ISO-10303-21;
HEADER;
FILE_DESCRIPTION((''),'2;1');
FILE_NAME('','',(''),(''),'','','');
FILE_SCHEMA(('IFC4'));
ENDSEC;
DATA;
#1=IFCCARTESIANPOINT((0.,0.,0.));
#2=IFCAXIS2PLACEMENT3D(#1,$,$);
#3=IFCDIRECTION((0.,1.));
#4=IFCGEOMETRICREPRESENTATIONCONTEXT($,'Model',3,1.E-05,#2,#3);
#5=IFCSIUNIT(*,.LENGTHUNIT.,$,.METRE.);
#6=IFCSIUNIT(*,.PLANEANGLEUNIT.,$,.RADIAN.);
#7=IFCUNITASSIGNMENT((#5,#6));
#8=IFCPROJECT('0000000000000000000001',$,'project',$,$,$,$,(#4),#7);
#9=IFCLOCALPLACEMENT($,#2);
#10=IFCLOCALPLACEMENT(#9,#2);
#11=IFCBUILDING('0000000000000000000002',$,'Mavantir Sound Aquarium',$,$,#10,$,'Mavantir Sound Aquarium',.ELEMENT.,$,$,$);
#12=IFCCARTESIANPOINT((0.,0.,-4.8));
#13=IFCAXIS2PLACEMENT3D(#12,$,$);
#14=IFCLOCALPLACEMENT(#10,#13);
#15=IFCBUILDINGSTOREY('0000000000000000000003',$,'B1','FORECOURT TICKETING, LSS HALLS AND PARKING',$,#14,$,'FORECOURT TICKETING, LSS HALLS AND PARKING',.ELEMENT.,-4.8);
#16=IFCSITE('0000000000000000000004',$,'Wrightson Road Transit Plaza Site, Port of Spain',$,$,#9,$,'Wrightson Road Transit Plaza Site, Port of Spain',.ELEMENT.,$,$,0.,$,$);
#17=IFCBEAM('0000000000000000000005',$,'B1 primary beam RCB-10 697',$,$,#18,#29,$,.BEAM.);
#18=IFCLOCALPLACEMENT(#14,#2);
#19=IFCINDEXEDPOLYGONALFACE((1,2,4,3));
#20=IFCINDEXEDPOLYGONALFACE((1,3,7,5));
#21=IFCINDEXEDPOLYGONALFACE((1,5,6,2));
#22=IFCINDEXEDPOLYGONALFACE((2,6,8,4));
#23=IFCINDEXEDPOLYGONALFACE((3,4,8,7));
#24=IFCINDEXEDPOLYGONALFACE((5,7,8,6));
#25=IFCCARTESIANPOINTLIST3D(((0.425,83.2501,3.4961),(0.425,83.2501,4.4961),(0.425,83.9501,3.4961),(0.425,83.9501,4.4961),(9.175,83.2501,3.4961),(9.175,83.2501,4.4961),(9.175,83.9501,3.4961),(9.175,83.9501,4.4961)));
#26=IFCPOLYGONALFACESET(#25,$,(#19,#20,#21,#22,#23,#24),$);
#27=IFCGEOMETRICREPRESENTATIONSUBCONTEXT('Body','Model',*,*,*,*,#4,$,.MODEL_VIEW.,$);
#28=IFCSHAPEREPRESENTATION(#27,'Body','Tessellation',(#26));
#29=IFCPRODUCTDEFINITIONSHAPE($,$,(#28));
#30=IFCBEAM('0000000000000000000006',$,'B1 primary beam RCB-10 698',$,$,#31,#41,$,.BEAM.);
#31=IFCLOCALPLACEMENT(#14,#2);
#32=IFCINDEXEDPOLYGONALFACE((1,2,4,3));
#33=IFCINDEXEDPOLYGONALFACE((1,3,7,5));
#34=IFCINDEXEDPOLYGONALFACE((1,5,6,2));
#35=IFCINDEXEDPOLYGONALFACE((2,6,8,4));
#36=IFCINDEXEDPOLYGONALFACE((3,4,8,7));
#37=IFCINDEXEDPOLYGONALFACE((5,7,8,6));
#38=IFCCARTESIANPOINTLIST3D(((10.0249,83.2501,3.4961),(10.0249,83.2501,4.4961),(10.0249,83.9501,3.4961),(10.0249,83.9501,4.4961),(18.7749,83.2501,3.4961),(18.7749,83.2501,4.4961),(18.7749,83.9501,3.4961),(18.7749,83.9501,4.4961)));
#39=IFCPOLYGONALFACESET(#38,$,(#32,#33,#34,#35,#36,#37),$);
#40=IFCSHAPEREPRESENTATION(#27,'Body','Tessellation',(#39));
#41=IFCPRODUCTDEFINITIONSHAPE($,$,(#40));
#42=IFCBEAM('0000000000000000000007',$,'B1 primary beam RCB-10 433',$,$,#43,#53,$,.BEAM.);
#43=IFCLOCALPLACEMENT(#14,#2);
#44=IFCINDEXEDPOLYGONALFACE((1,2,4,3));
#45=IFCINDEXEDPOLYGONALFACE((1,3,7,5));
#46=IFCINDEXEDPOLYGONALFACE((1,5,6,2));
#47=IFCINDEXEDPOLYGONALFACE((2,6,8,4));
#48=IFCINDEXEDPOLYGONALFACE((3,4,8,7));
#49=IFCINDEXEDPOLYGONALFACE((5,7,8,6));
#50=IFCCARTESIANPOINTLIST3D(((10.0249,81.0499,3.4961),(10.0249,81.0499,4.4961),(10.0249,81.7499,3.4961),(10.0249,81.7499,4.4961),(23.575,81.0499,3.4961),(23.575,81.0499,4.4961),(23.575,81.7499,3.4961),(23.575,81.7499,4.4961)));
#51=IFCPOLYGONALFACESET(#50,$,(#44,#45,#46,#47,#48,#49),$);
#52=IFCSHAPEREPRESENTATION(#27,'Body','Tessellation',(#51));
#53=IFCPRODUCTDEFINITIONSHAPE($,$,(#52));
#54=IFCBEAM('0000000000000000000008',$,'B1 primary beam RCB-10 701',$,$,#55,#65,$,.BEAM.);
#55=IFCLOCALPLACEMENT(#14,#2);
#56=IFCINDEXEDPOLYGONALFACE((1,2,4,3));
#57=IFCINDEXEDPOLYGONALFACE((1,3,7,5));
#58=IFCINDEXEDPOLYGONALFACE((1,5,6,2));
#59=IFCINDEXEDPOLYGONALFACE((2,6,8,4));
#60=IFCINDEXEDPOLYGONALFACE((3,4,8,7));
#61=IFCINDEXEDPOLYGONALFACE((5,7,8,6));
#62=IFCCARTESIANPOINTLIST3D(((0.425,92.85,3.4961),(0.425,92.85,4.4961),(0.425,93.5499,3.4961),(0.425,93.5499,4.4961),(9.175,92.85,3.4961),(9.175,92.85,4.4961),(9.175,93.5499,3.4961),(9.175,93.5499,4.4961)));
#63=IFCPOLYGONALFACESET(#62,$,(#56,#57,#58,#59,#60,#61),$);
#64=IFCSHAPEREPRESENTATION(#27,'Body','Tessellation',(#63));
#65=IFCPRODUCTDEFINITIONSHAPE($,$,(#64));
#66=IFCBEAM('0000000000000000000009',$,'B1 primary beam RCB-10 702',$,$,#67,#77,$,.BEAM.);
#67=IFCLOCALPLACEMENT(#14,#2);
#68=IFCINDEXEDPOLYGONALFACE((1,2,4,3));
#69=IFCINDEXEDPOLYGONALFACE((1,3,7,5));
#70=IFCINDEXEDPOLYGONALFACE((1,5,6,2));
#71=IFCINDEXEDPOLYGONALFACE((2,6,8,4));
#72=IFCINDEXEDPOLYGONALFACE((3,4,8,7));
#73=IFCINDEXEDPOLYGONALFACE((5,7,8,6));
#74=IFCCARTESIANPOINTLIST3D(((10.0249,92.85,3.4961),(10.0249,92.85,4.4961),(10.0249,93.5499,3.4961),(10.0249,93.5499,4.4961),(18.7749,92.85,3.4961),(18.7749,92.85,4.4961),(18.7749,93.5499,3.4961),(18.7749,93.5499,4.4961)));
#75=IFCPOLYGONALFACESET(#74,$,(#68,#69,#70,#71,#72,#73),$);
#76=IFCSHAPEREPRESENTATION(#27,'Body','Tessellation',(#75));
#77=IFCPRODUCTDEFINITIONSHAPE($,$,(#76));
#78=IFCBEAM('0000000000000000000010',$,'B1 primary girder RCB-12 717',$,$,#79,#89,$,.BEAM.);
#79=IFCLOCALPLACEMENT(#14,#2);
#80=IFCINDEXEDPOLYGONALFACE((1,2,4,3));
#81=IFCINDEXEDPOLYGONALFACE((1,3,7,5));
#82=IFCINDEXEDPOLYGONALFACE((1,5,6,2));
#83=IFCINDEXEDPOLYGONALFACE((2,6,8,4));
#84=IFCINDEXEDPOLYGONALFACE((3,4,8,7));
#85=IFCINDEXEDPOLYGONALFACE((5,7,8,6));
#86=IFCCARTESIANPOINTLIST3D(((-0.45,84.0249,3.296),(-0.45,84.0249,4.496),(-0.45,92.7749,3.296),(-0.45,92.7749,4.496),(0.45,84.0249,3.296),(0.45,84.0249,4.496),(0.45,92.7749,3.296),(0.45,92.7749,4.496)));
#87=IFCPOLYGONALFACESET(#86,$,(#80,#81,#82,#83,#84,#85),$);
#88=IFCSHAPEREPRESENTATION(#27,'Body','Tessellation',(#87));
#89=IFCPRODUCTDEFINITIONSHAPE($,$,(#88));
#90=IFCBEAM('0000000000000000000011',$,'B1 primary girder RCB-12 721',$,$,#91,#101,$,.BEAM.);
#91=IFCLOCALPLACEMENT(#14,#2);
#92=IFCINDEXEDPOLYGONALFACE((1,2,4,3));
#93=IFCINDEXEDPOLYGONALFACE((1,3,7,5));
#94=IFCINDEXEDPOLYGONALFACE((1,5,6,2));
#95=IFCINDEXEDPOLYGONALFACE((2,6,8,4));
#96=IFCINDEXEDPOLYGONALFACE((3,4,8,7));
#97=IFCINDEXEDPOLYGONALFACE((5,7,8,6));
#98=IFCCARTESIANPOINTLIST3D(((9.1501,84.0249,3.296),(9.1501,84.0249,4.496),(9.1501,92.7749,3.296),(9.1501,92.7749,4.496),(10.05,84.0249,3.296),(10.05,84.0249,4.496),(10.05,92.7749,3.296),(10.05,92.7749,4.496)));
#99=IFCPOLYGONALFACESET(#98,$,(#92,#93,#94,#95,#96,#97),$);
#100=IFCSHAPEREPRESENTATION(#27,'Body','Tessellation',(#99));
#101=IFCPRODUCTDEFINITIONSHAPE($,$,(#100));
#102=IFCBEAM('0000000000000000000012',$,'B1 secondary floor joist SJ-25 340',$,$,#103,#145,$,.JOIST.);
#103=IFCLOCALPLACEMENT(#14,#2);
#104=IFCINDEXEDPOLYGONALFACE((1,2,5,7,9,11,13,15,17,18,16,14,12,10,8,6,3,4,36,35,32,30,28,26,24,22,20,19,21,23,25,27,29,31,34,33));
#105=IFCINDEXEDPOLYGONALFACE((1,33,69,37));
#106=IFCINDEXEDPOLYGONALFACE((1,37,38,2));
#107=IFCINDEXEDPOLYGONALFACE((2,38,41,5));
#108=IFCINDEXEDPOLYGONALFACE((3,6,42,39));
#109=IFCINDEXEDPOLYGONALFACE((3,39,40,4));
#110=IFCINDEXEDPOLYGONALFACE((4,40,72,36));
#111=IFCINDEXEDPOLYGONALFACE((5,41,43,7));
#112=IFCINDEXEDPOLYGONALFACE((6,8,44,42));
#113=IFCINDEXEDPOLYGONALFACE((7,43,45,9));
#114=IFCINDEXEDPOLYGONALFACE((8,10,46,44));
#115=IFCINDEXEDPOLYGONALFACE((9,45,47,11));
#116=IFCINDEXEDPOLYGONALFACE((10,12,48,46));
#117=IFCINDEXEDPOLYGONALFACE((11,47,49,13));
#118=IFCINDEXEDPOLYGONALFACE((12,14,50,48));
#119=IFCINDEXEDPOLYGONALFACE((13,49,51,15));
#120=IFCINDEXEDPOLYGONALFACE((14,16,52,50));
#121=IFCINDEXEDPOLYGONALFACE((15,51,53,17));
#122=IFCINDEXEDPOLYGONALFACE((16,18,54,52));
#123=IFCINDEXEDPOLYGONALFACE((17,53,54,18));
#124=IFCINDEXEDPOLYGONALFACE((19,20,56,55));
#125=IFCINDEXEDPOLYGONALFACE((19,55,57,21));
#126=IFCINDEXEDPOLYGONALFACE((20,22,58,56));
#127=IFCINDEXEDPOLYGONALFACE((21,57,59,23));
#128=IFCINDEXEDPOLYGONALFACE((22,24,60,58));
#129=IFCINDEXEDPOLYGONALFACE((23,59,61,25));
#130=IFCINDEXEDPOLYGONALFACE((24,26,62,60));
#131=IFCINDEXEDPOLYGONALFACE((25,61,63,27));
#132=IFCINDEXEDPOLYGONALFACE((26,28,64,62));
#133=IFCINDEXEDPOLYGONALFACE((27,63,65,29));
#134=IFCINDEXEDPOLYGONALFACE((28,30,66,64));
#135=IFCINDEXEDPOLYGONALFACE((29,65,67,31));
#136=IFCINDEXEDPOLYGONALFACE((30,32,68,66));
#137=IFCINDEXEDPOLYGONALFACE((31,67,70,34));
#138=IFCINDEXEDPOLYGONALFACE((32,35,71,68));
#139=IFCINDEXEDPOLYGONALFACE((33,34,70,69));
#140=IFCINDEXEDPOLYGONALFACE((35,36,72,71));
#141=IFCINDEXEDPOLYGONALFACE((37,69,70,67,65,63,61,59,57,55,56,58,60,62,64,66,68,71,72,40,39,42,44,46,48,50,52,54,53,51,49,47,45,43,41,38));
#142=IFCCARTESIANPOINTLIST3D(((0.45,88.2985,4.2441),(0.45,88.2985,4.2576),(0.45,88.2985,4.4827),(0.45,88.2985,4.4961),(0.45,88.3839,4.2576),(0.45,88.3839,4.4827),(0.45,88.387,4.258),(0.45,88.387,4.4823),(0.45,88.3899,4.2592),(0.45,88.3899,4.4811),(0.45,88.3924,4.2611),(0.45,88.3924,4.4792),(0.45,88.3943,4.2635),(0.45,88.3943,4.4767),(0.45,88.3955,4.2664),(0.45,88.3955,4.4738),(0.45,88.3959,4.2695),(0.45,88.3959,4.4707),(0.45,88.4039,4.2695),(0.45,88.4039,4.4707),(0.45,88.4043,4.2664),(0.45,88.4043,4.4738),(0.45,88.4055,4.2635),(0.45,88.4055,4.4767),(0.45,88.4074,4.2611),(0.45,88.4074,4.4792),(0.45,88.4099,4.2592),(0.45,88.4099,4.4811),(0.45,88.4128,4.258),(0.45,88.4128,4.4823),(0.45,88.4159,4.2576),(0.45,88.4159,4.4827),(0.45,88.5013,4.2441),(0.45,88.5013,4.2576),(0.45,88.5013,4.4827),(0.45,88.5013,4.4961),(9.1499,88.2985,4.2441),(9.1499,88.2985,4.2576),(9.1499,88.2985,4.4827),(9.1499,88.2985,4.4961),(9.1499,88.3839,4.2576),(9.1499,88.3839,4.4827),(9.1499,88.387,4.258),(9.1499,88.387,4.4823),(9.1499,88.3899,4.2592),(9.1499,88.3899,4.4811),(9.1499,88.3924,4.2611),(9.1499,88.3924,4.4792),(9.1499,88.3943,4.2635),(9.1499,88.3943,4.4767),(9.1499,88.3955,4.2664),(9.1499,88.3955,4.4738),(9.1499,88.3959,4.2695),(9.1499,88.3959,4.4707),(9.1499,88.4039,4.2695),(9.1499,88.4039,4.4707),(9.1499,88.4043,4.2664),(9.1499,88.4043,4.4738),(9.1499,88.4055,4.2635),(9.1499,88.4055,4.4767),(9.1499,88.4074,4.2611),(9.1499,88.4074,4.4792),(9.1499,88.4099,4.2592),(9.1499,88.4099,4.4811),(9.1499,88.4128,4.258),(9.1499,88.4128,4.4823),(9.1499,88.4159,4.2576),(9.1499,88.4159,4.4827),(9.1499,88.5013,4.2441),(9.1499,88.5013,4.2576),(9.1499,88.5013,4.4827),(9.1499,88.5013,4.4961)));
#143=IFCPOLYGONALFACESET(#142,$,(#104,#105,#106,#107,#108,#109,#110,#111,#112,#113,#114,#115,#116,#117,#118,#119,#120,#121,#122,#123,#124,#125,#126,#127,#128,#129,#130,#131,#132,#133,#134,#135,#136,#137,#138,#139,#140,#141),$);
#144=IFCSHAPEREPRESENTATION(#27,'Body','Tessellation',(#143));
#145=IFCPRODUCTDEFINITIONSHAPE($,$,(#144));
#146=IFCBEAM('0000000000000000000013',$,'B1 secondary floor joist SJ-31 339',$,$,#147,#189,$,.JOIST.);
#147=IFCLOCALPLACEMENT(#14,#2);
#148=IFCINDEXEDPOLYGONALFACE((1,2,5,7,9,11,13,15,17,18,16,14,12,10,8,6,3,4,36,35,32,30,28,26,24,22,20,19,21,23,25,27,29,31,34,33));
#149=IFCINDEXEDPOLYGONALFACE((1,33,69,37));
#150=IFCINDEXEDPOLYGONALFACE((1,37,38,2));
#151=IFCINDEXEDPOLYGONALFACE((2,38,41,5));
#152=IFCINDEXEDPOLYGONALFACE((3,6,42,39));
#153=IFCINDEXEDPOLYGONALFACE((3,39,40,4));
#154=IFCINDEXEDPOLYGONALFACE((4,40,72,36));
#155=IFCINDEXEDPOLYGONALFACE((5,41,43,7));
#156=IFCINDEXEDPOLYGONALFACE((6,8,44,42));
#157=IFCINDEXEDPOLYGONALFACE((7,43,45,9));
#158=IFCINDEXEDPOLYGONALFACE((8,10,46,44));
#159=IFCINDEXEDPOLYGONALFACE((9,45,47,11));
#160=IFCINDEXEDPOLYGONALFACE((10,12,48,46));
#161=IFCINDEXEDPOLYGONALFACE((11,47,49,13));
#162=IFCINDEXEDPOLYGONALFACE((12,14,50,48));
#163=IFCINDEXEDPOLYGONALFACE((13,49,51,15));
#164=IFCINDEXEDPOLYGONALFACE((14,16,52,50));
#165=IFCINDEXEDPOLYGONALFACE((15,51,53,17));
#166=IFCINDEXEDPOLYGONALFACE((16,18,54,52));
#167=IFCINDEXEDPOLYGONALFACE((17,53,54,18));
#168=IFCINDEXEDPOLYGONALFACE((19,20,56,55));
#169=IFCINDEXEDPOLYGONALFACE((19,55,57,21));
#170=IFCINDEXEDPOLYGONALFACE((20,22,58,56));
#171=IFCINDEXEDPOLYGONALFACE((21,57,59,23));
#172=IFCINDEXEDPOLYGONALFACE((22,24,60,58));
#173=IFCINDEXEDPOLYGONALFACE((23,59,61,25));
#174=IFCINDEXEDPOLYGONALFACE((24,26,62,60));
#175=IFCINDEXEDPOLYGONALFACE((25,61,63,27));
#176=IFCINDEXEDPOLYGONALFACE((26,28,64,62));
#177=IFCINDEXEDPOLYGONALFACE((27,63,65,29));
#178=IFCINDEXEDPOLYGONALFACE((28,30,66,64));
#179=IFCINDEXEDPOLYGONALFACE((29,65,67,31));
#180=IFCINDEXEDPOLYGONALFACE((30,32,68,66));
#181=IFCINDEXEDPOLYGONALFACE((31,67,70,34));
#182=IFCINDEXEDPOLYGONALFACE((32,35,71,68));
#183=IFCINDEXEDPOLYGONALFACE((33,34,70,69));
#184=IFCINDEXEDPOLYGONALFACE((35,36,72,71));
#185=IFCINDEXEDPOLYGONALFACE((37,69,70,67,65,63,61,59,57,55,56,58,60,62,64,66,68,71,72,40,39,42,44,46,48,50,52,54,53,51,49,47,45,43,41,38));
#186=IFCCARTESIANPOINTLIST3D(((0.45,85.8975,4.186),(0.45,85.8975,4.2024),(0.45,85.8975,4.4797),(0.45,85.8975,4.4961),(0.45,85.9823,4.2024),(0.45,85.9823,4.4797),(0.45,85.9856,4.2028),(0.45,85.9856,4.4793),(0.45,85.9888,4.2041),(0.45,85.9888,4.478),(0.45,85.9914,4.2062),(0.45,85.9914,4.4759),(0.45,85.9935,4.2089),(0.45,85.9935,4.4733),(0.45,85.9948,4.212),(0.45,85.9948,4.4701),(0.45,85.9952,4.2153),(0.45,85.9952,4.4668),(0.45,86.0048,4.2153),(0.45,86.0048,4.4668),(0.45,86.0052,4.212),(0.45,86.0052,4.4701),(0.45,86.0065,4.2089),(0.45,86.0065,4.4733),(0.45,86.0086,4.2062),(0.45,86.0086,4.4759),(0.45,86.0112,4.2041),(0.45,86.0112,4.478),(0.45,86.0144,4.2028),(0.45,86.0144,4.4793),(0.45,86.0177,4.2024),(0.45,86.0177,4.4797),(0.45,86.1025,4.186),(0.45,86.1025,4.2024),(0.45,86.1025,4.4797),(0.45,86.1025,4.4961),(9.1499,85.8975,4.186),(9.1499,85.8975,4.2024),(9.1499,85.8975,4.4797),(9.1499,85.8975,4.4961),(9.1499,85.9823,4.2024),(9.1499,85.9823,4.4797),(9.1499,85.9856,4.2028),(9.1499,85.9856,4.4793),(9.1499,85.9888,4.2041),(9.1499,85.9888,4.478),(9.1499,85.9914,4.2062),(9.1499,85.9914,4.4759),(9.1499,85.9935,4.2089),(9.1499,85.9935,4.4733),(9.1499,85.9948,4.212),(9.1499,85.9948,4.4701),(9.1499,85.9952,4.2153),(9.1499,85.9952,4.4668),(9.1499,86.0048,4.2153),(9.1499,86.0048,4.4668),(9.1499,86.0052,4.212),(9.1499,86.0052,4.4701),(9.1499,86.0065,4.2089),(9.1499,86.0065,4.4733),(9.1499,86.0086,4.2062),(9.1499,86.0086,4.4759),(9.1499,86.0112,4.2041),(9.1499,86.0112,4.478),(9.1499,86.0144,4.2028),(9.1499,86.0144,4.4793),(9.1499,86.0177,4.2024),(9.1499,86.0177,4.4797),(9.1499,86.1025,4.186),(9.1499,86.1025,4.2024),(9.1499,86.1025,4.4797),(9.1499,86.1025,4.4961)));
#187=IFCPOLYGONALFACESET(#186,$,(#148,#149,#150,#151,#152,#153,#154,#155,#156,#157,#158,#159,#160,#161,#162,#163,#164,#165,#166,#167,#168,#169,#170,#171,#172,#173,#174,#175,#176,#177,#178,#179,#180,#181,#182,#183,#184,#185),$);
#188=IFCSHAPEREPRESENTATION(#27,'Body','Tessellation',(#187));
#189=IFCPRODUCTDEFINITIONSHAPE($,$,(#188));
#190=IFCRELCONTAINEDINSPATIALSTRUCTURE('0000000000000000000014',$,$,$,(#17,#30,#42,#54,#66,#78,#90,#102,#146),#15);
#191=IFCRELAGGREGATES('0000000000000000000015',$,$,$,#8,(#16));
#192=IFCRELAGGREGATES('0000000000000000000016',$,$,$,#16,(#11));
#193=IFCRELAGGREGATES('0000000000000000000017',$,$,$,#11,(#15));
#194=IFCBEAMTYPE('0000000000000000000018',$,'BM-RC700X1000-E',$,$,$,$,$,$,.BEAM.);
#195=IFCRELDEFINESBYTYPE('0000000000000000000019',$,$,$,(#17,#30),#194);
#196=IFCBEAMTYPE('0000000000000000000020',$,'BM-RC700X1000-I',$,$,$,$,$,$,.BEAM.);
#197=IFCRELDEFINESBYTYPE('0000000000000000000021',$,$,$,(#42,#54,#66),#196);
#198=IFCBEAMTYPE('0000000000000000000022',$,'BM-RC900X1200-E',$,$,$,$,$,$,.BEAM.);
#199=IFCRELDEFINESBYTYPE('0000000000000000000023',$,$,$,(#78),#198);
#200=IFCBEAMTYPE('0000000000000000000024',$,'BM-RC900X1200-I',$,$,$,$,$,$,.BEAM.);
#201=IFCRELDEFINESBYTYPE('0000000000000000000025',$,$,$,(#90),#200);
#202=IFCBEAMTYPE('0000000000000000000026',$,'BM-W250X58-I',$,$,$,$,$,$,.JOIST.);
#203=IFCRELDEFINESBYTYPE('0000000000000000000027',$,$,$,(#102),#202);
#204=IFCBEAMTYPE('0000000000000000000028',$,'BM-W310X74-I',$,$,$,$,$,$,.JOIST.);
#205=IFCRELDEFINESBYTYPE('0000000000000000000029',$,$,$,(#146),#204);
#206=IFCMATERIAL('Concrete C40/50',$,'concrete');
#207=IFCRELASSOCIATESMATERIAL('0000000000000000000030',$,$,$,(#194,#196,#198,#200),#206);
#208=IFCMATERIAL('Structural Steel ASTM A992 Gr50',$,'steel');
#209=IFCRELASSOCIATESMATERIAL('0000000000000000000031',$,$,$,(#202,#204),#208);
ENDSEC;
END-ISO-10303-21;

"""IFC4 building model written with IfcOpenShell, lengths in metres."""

from ifc_helpers import new_model, si_unit, direction, frame, origin, origin_2d, place, context, subcontext, project, spatial, rectangle, i_section, extrude, material, material_profile, profile_set, type_object, element, save


model = new_model("IFC4")

# Units and contexts
model_context = context("Model", 3, precision=1e-05, world=origin(), true_north=direction((0.0, 1.0)))
body_context = subcontext(model_context, "Body", "Model", "MODEL_VIEW")
ifc_project = project(units=[si_unit("LENGTHUNIT", "METRE"), si_unit("PLANEANGLEUNIT", "RADIAN")], contexts=[model_context])

# Site, building, storey
site_placement = place(None, origin())
site = spatial("IfcSite", under=ifc_project, at=site_placement, Name="Wrightson Road Transit Plaza Site, Port of Spain", LongName="Wrightson Road Transit Plaza Site, Port of Spain", CompositionType="ELEMENT", RefElevation=0.0)
building_placement = place(site_placement, origin())
building = spatial("IfcBuilding", under=site, at=building_placement, Name="Mavantir Sound Aquarium", LongName="Mavantir Sound Aquarium", CompositionType="ELEMENT")
storey_placement = place(building_placement, frame((0.0, 0.0, -4.8)))
storey = spatial("IfcBuildingStorey", under=building, at=storey_placement, Name="B1", Description="FORECOURT TICKETING, LSS HALLS AND PARKING", LongName="FORECOURT TICKETING, LSS HALLS AND PARKING", CompositionType="ELEMENT", Elevation=-4.8)

# Shared definitions
ifc_material_1 = material(Name="Concrete C40/50", Category="concrete")

# Beams
ifc_material_profile_1 = material_profile(ifc_material_1, rectangle(XDim=0.7, YDim=1.0, at=origin_2d()), Name="RC 700X1000")
ifc_profile_set_1 = profile_set([ifc_material_profile_1], Name="Concrete C40/50")
beam_type_1 = type_object("IfcBeamType", Name="BM-RC700X1000-E", PredefinedType="BEAM", material=ifc_profile_set_1)
for number, where, z_axis, x_axis, name in (
    (1, (0.425, 83.6001, 3.9961), (1.0, 0.0, 0.0), (0.0, 1.0, 0.0), "B1 primary beam RCB-10 697"),
    (2, (10.0249, 83.6001, 3.9961), (1.0, 0.0, 0.0), (0.0, 1.0, 0.0), "B1 primary beam RCB-10 698"),
):
    element("IfcBeam", number, at=place(storey_placement, frame(where, z_axis=z_axis, x_axis=x_axis)), inside=storey, type_object=beam_type_1, Name=name, PredefinedType="BEAM", context=body_context, shape_type="SweptSolid", body=[
        extrude(rectangle(XDim=0.7, YDim=1.0, at=origin_2d()), origin(), (0.0, 0.0, 1.0), 8.75),
    ])
ifc_material_profile_2 = material_profile(ifc_material_1, rectangle(XDim=0.7, YDim=1.0, at=origin_2d()), Name="RC 700X1000")
ifc_profile_set_2 = profile_set([ifc_material_profile_2], Name="Concrete C40/50")
beam_type_2 = type_object("IfcBeamType", Name="BM-RC700X1000-I", PredefinedType="BEAM", material=ifc_profile_set_2)
beam_1_placement = place(storey_placement, frame((10.0249, 81.3999, 3.9961), z_axis=(1.0, 0.0, 0.0), x_axis=(0.0, 1.0, 0.0)))
element("IfcBeam", 3, at=beam_1_placement, inside=storey, type_object=beam_type_2, Name="B1 primary beam RCB-10 433", PredefinedType="BEAM", context=body_context, shape_type="SweptSolid", body=[
    extrude(rectangle(XDim=0.7, YDim=1.0, at=origin_2d()), origin(), (0.0, 0.0, 1.0), 13.55),
])
for number, where, z_axis, x_axis, name in (
    (4, (0.425, 93.2, 3.9961), (1.0, 0.0, 0.0), (0.0, 1.0, 0.0), "B1 primary beam RCB-10 701"),
    (5, (10.0249, 93.2, 3.9961), (1.0, 0.0, 0.0), (0.0, 1.0, 0.0), "B1 primary beam RCB-10 702"),
):
    element("IfcBeam", number, at=place(storey_placement, frame(where, z_axis=z_axis, x_axis=x_axis)), inside=storey, type_object=beam_type_2, Name=name, PredefinedType="BEAM", context=body_context, shape_type="SweptSolid", body=[
        extrude(rectangle(XDim=0.7, YDim=1.0, at=origin_2d()), origin(), (0.0, 0.0, 1.0), 8.75),
    ])
ifc_material_profile_3 = material_profile(ifc_material_1, rectangle(XDim=0.8999, YDim=1.2, at=origin_2d()), Name="RC 900X1200")
ifc_profile_set_3 = profile_set([ifc_material_profile_3], Name="Concrete C40/50")
beam_type_3 = type_object("IfcBeamType", Name="BM-RC900X1200-E", PredefinedType="BEAM", material=ifc_profile_set_3)
beam_2_placement = place(storey_placement, frame((0.0, 84.0249, 3.896), z_axis=(0.0, 1.0, 0.0), x_axis=(-1.0, 0.0, 0.0)))
element("IfcBeam", 6, at=beam_2_placement, inside=storey, type_object=beam_type_3, Name="B1 primary girder RCB-12 717", PredefinedType="BEAM", context=body_context, shape_type="SweptSolid", body=[
    extrude(rectangle(XDim=0.8999, YDim=1.2, at=origin_2d()), origin(), (0.0, 0.0, 1.0), 8.75),
])
ifc_material_profile_4 = material_profile(ifc_material_1, rectangle(XDim=0.8999, YDim=1.2, at=origin_2d()), Name="RC 900X1200")
ifc_profile_set_4 = profile_set([ifc_material_profile_4], Name="Concrete C40/50")
beam_type_4 = type_object("IfcBeamType", Name="BM-RC900X1200-I", PredefinedType="BEAM", material=ifc_profile_set_4)
beam_3_placement = place(storey_placement, frame((9.6001, 84.0249, 3.896), z_axis=(0.0, 1.0, 0.0), x_axis=(-1.0, 0.0, 0.0)))
element("IfcBeam", 7, at=beam_3_placement, inside=storey, type_object=beam_type_4, Name="B1 primary girder RCB-12 721", PredefinedType="BEAM", context=body_context, shape_type="SweptSolid", body=[
    extrude(rectangle(XDim=0.8999, YDim=1.2, at=origin_2d()), origin(), (0.0, 0.0, 1.0), 8.75),
])
ifc_material_2 = material(Name="Structural Steel ASTM A992 Gr50", Category="steel")
ifc_material_profile_5 = material_profile(ifc_material_2, i_section(OverallWidth=0.2029, OverallDepth=0.252, WebThickness=0.0081, FlangeThickness=0.0134, FilletRadius=0.012, at=origin_2d()), Name="W250X58")
ifc_profile_set_5 = profile_set([ifc_material_profile_5], Name="Structural Steel ASTM A992 Gr50")
beam_type_5 = type_object("IfcBeamType", Name="BM-W250X58-I", PredefinedType="JOIST", material=ifc_profile_set_5)
beam_4_placement = place(storey_placement, frame((0.45, 88.3999, 4.3701), z_axis=(1.0, 0.0, 0.0), x_axis=(0.0, 1.0, 0.0)))
element("IfcBeam", 8, at=beam_4_placement, inside=storey, type_object=beam_type_5, Name="B1 secondary floor joist SJ-25 340", PredefinedType="JOIST", context=body_context, shape_type="SweptSolid", body=[
    extrude(i_section(OverallWidth=0.2029, OverallDepth=0.252, WebThickness=0.0081, FlangeThickness=0.0134, FilletRadius=0.012, at=origin_2d()), origin(), (0.0, 0.0, 1.0), 8.7),
])
ifc_material_profile_6 = material_profile(ifc_material_2, i_section(OverallWidth=0.2051, OverallDepth=0.3101, WebThickness=0.0095, FlangeThickness=0.0164, FilletRadius=0.0129, at=origin_2d()), Name="W310X74")
ifc_profile_set_6 = profile_set([ifc_material_profile_6], Name="Structural Steel ASTM A992 Gr50")
beam_type_6 = type_object("IfcBeamType", Name="BM-W310X74-I", PredefinedType="JOIST", material=ifc_profile_set_6)
beam_5_placement = place(storey_placement, frame((0.45, 86.0, 4.3411), z_axis=(1.0, 0.0, 0.0), x_axis=(0.0, 1.0, 0.0)))
element("IfcBeam", 9, at=beam_5_placement, inside=storey, type_object=beam_type_6, Name="B1 secondary floor joist SJ-31 339", PredefinedType="JOIST", context=body_context, shape_type="SweptSolid", body=[
    extrude(i_section(OverallWidth=0.2051, OverallDepth=0.3101, WebThickness=0.0095, FlangeThickness=0.0164, FilletRadius=0.0129, at=origin_2d()), origin(), (0.0, 0.0, 1.0), 8.7),
])

save(model, "model.ifc")
